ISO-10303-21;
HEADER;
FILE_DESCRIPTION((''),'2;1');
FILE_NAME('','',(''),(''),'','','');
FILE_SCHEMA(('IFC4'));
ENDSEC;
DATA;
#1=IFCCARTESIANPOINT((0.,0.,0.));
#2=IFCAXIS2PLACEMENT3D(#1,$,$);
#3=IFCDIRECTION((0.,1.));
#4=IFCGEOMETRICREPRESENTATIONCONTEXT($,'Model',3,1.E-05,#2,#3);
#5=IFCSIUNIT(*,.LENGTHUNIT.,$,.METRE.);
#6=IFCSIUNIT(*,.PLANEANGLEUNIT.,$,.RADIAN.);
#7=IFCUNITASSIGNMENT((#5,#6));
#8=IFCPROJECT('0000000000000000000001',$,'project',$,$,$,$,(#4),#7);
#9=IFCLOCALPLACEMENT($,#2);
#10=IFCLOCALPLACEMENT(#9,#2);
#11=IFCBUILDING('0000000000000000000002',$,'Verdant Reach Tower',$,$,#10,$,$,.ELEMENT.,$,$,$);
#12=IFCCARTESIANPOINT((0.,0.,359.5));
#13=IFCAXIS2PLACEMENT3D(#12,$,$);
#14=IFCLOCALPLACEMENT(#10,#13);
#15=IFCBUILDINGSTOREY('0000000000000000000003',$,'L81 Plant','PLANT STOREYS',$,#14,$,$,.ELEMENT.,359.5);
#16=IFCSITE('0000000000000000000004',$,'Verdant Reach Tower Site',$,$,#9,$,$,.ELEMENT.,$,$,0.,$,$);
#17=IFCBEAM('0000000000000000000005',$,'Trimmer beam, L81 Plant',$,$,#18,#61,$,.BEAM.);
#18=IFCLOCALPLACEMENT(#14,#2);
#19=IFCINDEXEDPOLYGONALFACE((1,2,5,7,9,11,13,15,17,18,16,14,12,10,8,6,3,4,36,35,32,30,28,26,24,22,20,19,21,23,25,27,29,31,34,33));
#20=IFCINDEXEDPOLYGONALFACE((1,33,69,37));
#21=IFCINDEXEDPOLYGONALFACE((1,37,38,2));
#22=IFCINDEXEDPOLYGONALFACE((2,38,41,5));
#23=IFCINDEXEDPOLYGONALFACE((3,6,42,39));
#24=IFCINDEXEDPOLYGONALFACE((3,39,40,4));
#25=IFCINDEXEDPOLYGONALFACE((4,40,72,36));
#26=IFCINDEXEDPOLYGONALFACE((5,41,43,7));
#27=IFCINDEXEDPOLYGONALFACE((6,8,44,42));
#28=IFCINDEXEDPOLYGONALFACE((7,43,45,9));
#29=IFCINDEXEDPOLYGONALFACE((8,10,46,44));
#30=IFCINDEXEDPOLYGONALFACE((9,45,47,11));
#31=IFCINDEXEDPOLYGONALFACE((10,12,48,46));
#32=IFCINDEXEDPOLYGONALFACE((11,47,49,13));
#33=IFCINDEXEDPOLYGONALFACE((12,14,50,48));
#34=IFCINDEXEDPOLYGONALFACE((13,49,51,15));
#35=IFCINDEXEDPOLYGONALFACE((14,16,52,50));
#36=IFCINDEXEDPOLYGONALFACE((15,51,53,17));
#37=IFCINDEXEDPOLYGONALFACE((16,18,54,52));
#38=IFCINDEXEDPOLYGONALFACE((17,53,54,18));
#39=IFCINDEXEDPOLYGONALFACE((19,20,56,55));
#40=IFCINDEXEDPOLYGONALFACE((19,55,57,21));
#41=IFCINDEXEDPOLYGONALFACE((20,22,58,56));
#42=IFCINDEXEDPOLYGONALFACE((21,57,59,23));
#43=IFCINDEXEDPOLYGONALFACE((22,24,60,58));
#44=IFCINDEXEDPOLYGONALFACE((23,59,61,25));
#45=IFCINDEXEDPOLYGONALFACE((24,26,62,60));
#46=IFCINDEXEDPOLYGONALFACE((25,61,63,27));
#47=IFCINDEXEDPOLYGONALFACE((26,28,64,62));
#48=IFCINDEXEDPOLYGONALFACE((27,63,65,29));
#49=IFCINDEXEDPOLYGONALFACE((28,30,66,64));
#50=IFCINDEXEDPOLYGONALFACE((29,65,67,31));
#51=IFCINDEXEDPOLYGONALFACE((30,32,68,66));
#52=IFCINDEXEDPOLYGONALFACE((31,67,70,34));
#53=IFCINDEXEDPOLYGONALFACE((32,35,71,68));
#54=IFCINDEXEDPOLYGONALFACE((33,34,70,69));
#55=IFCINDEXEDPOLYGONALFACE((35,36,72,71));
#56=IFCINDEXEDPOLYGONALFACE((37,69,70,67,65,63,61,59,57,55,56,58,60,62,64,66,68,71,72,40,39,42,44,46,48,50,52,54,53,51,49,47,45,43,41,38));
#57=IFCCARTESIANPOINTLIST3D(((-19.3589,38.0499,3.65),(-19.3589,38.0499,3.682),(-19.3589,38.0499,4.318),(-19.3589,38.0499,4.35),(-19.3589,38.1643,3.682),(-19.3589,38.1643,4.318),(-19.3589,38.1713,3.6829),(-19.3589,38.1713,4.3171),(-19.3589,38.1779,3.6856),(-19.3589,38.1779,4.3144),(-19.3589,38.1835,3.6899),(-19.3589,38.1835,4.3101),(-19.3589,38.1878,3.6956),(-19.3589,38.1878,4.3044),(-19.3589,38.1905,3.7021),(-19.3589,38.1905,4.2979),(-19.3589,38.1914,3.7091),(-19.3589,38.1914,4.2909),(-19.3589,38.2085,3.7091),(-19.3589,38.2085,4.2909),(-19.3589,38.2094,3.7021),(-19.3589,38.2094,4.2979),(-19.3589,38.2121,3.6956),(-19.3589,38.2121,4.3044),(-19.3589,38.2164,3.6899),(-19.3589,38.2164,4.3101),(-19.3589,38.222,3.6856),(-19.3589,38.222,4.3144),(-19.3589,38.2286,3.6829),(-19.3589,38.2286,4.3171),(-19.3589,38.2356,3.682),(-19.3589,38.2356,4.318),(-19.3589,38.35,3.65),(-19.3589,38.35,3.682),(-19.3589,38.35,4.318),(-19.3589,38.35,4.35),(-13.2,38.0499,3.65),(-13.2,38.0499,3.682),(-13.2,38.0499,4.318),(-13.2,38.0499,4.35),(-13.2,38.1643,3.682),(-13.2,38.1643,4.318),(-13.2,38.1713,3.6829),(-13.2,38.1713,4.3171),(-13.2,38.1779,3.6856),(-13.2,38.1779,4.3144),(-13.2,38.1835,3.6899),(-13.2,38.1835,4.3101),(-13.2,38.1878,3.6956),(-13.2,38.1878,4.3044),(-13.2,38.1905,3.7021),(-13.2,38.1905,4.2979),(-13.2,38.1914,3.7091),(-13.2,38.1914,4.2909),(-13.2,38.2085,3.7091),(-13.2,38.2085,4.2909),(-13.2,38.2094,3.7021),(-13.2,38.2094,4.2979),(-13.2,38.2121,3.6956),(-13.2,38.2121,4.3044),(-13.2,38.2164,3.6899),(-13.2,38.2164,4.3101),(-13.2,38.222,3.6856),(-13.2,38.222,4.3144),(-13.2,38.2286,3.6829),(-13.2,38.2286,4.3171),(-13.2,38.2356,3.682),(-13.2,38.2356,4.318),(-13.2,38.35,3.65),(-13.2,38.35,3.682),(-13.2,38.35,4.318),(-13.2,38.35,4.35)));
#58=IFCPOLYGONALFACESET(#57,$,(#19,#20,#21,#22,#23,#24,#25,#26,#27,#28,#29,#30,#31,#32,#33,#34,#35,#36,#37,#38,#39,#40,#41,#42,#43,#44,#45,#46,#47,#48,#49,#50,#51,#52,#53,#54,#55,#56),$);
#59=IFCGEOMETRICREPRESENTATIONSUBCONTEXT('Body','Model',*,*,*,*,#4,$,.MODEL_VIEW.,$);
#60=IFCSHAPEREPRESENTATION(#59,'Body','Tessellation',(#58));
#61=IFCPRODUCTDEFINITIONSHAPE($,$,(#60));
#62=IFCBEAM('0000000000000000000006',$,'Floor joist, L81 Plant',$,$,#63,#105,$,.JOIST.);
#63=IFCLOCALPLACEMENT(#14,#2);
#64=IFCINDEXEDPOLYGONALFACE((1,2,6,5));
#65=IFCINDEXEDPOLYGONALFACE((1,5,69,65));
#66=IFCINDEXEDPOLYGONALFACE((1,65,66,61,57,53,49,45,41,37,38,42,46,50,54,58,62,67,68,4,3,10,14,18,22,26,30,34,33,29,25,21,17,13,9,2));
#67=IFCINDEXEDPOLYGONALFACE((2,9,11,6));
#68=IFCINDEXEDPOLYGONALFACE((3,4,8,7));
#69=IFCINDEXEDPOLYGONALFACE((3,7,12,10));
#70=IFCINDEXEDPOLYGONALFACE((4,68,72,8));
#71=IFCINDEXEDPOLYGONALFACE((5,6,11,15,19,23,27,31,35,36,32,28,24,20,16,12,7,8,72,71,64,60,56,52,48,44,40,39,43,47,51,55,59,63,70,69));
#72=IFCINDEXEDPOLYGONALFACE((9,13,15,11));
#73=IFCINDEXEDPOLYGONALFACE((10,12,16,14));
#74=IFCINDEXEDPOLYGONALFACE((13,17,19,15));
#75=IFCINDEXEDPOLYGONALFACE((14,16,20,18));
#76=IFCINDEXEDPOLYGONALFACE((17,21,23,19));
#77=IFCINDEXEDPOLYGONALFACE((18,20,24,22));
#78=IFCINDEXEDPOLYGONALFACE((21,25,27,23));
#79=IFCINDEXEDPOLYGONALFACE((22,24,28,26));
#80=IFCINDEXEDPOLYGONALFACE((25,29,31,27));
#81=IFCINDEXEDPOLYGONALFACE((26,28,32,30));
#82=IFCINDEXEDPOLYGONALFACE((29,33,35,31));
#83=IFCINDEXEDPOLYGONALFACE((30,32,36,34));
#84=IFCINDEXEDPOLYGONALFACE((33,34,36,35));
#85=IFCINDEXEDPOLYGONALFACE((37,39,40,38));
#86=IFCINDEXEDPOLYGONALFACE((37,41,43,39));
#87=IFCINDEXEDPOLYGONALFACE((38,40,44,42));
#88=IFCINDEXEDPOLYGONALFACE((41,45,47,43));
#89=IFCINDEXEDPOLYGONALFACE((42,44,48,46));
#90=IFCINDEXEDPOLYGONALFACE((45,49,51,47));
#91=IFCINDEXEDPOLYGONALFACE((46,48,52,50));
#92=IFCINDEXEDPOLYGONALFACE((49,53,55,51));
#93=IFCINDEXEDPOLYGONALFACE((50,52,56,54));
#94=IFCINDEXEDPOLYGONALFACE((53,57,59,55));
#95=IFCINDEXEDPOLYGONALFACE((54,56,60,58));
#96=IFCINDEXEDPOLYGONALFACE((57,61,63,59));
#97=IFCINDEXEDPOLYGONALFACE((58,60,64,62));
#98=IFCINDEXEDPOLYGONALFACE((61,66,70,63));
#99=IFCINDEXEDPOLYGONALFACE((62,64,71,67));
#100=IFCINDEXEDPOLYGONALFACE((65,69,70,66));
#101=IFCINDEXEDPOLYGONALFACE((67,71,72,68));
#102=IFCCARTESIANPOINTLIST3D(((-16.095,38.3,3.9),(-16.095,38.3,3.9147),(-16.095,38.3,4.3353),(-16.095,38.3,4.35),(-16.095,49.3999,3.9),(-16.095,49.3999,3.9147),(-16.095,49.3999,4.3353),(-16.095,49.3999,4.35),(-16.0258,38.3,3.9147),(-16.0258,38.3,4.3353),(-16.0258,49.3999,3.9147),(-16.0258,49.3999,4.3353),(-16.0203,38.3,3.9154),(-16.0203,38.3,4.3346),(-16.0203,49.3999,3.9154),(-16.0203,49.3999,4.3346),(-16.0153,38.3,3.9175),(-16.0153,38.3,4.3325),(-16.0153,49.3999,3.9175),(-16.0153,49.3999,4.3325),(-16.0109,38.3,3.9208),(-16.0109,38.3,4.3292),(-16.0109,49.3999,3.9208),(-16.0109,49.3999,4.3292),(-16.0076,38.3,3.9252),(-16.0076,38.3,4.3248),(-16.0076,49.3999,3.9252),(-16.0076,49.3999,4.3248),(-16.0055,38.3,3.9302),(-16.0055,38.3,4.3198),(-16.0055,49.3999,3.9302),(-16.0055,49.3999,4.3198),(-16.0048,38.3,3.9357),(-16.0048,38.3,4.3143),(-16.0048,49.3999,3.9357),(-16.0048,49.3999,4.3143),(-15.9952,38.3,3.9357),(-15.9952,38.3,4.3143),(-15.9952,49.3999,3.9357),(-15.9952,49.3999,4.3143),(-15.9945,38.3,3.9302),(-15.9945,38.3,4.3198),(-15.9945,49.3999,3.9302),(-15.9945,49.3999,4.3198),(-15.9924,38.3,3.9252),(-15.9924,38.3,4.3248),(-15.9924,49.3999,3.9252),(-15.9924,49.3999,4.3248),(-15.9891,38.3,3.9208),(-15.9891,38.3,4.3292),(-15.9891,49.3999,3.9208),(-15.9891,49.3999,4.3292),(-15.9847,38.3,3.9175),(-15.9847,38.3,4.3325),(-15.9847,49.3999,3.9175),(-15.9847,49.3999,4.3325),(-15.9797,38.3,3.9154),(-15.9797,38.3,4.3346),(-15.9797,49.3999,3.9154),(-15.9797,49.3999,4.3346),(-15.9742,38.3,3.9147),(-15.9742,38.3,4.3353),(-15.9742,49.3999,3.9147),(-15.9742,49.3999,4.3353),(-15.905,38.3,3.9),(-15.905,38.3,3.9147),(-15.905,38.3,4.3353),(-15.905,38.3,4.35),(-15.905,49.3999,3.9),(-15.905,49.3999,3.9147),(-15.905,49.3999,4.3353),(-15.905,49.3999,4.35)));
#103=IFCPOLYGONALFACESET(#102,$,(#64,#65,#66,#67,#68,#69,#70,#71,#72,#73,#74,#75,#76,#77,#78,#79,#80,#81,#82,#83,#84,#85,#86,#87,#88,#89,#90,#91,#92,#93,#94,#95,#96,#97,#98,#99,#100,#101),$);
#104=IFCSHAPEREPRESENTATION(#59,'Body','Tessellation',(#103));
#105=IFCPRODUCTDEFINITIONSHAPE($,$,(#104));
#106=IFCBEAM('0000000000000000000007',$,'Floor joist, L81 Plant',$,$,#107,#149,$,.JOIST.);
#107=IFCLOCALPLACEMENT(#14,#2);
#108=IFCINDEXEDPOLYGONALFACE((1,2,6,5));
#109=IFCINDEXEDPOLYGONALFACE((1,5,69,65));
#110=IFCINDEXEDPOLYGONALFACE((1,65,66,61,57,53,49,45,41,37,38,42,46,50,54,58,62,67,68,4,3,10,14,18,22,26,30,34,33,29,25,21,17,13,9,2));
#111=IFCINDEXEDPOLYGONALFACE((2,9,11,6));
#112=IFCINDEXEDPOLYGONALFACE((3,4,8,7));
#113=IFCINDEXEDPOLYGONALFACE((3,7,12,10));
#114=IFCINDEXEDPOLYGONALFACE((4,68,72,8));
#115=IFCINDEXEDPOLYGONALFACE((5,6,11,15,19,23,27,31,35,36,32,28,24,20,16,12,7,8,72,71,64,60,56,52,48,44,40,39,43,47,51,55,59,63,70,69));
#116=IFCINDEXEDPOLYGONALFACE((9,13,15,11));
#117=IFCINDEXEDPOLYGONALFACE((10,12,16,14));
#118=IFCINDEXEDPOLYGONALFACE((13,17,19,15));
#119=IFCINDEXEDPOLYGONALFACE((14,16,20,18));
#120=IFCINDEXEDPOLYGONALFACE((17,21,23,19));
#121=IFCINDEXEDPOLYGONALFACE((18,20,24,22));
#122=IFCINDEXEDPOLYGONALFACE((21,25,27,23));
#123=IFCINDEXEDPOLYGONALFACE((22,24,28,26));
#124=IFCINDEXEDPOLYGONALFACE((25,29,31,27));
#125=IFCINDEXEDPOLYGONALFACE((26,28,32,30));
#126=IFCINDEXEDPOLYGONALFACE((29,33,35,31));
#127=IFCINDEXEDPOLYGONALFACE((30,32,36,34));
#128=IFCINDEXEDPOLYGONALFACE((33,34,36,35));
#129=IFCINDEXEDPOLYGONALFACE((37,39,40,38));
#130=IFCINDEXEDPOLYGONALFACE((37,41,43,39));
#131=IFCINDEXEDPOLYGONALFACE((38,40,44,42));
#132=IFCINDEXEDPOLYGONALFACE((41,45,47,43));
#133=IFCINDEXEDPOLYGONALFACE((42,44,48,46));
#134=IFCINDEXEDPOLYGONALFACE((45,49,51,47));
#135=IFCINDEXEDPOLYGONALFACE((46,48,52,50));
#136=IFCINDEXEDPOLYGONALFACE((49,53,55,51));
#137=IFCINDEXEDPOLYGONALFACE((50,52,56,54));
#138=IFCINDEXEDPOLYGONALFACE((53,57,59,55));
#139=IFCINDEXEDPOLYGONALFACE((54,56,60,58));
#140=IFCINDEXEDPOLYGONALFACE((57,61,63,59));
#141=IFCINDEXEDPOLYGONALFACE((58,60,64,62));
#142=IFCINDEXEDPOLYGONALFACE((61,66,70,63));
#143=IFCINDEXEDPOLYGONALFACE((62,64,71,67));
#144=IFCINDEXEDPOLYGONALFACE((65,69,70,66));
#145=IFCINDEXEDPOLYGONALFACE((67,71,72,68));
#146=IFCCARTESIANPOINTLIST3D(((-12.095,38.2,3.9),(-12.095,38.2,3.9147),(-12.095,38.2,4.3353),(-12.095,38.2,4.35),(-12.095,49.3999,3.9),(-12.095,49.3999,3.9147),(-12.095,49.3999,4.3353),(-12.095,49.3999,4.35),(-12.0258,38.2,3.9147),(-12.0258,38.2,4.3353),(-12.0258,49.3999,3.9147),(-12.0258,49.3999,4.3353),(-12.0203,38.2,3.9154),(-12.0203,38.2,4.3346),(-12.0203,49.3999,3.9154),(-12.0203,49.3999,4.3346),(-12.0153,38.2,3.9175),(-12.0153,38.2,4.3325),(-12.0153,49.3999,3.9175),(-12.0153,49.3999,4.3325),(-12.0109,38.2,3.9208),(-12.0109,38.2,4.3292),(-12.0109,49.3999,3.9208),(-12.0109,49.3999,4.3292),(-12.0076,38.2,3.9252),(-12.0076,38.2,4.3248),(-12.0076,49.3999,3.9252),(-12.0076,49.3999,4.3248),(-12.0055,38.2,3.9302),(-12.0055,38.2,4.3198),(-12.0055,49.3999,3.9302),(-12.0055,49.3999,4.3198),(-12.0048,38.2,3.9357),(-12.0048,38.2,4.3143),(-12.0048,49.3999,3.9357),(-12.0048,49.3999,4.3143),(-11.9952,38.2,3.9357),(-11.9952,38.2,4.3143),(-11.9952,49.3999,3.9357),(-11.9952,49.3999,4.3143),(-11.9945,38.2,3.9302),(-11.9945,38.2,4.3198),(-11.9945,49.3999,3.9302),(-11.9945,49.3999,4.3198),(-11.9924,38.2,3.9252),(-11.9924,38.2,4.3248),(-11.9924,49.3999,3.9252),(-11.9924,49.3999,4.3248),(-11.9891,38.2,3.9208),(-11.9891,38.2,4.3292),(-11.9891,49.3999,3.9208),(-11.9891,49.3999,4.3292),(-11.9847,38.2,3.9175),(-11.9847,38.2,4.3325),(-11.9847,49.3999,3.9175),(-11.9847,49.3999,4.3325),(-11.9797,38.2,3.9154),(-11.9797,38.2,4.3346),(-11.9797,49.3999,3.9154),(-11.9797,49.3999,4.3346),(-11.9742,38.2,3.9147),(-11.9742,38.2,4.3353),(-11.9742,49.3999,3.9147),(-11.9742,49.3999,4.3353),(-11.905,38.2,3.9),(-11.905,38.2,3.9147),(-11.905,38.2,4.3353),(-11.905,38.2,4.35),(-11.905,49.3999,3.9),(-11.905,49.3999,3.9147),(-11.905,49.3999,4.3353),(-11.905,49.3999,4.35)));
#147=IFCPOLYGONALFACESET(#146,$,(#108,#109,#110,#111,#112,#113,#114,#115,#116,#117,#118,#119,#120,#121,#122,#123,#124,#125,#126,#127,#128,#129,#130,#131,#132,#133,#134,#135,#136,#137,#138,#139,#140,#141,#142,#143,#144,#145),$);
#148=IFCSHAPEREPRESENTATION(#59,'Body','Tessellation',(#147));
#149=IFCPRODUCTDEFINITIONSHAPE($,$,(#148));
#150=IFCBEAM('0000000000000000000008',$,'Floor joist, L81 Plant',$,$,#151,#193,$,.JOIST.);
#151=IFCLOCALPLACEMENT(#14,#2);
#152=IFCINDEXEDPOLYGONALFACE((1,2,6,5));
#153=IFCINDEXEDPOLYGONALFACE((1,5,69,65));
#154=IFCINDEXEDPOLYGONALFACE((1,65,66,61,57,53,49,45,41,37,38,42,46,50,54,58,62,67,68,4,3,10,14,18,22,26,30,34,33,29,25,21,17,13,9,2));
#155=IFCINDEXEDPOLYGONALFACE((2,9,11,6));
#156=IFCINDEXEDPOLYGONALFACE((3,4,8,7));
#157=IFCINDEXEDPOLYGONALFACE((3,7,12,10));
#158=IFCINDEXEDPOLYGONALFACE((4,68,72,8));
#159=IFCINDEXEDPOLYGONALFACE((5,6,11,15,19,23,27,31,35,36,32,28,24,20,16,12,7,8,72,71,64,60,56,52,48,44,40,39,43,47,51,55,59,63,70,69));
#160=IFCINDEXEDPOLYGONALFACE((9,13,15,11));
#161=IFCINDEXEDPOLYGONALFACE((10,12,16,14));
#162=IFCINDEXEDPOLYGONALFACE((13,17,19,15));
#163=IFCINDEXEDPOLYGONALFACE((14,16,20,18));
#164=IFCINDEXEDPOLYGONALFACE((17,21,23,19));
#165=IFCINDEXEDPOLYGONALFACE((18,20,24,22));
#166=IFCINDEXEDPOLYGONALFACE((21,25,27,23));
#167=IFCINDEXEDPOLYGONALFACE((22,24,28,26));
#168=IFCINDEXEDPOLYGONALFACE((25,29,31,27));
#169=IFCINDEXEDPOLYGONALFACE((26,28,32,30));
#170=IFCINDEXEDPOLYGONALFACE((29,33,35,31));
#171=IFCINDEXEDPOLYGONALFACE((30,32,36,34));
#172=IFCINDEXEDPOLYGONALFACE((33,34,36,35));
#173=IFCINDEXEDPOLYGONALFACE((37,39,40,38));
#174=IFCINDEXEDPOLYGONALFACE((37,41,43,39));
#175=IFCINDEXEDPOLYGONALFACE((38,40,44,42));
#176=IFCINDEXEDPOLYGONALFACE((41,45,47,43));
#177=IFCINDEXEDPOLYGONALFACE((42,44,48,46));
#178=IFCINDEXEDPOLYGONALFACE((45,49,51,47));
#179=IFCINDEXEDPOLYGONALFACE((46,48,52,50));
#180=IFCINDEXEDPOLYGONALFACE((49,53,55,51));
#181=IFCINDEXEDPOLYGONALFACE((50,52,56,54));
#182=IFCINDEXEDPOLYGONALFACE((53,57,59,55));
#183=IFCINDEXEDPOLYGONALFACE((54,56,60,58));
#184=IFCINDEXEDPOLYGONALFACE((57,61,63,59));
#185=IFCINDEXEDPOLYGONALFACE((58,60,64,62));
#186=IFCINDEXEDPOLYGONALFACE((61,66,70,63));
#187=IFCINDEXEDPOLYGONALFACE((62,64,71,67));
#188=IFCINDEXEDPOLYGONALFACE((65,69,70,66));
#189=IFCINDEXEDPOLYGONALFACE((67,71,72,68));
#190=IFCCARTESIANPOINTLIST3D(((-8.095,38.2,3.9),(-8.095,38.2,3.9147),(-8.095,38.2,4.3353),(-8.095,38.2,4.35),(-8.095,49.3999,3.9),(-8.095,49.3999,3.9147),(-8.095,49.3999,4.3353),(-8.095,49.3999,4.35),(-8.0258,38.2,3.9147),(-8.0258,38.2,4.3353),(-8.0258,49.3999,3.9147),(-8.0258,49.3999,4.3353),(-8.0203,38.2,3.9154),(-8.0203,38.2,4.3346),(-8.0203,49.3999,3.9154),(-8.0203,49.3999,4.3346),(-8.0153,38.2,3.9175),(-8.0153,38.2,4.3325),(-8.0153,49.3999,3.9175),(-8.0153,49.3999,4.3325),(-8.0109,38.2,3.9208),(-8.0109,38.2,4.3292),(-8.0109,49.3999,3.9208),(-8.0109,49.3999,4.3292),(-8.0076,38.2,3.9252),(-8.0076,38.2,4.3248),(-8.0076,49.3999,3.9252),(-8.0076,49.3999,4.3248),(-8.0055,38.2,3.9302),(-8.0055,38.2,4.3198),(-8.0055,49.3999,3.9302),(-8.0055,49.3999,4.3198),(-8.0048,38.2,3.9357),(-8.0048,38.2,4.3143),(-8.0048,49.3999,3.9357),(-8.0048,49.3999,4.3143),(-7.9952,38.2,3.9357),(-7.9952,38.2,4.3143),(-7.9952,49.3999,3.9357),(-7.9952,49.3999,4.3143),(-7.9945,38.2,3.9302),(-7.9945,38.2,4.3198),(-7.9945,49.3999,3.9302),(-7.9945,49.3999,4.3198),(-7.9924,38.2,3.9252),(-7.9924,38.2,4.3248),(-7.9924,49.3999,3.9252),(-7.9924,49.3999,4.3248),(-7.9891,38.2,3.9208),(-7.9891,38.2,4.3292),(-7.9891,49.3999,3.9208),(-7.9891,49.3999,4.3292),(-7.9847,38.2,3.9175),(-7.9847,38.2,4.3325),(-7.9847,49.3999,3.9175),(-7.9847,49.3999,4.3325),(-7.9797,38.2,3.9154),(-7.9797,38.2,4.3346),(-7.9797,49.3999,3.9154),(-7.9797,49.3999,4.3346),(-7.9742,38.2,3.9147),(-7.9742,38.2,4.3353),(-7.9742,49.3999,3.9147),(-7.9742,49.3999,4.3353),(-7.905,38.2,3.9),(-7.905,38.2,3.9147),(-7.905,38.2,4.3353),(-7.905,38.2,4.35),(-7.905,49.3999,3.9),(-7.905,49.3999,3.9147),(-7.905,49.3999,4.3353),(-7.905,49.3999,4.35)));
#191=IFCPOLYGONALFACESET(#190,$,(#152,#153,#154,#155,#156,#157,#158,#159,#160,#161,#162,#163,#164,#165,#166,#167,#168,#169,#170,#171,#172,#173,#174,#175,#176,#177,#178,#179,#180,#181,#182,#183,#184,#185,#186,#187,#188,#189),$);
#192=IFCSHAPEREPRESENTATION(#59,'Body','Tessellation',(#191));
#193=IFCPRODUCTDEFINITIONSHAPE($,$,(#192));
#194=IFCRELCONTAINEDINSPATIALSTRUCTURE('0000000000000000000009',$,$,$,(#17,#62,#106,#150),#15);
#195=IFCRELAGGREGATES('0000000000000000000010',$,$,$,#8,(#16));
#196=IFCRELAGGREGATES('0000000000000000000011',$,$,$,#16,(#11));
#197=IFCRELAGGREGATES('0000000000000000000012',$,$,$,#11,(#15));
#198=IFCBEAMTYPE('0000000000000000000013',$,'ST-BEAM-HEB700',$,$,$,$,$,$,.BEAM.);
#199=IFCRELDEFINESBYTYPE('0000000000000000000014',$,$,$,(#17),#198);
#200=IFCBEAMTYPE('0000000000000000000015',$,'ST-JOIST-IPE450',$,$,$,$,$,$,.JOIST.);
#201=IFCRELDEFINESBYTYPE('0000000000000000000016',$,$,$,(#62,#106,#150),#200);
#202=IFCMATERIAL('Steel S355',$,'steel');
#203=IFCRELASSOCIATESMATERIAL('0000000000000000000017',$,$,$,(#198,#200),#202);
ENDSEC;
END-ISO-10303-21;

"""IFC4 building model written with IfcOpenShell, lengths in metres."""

from ifc_helpers import new_model, si_unit, direction, frame, origin, origin_2d, place, context, subcontext, project, spatial, i_section, extrude, material, material_profile, profile_set, type_object, element, save


model = new_model("IFC4")

# Units and contexts
model_context = context("Model", 3, precision=1e-05, world=origin(), true_north=direction((0.0, 1.0)))
body_context = subcontext(model_context, "Body", "Model", "MODEL_VIEW")
ifc_project = project(units=[si_unit("LENGTHUNIT", "METRE"), si_unit("PLANEANGLEUNIT", "RADIAN")], contexts=[model_context])

# Site, building, storey
site_placement = place(None, origin())
site = spatial("IfcSite", under=ifc_project, at=site_placement, Name="Verdant Reach Tower Site", CompositionType="ELEMENT", RefElevation=0.0)
building_placement = place(site_placement, origin())
building = spatial("IfcBuilding", under=site, at=building_placement, Name="Verdant Reach Tower", CompositionType="ELEMENT")
storey_placement = place(building_placement, frame((0.0, 0.0, 359.5)))
storey = spatial("IfcBuildingStorey", under=building, at=storey_placement, Name="L81 Plant", Description="PLANT STOREYS", CompositionType="ELEMENT", Elevation=359.5)

# Beams
ifc_material_1 = material(Name="Steel S355", Category="steel")
ifc_material_profile_1 = material_profile(ifc_material_1, i_section(OverallWidth=0.3, OverallDepth=0.7, WebThickness=0.0171, FlangeThickness=0.032, FilletRadius=0.0271, at=origin_2d()), Name="HEB 700")
ifc_profile_set_1 = profile_set([ifc_material_profile_1], Name="Steel S355")
beam_type_1 = type_object("IfcBeamType", Name="ST-BEAM-HEB700", PredefinedType="BEAM", material=ifc_profile_set_1)
beam_1_placement = place(storey_placement, frame((-13.2, 38.2, 4.0), z_axis=(-1.0, 0.0, 0.0), x_axis=(0.0, -1.0, 0.0)))
element("IfcBeam", 1, at=beam_1_placement, inside=storey, type_object=beam_type_1, Name="Trimmer beam, L81 Plant", PredefinedType="BEAM", context=body_context, shape_type="SweptSolid", body=[
    extrude(i_section(OverallWidth=0.3, OverallDepth=0.7, WebThickness=0.0171, FlangeThickness=0.032, FilletRadius=0.0271, at=origin_2d()), origin(), (0.0, 0.0, 1.0), 6.1589),
])
ifc_material_profile_2 = material_profile(ifc_material_1, i_section(OverallWidth=0.1899, OverallDepth=0.45, WebThickness=0.0095, FlangeThickness=0.0146, FilletRadius=0.021, at=origin_2d()), Name="IPE 450")
ifc_profile_set_2 = profile_set([ifc_material_profile_2], Name="Steel S355")
beam_type_2 = type_object("IfcBeamType", Name="ST-JOIST-IPE450", PredefinedType="JOIST", material=ifc_profile_set_2)
beam_2_placement = place(storey_placement, frame((-16.0, 38.3, 4.125), z_axis=(0.0, 1.0, 0.0), x_axis=(-1.0, 0.0, 0.0)))
element("IfcBeam", 2, at=beam_2_placement, inside=storey, type_object=beam_type_2, Name="Floor joist, L81 Plant", PredefinedType="JOIST", context=body_context, shape_type="SweptSolid", body=[
    extrude(i_section(OverallWidth=0.1899, OverallDepth=0.45, WebThickness=0.0095, FlangeThickness=0.0146, FilletRadius=0.021, at=origin_2d()), origin(), (0.0, 0.0, 1.0), 11.0999),
])
for number, where, z_axis, x_axis, name in (
    (3, (-12.0, 38.2, 4.125), (0.0, 1.0, 0.0), (-1.0, 0.0, 0.0), "Floor joist, L81 Plant"),
    (4, (-8.0, 38.2, 4.125), (0.0, 1.0, 0.0), (-1.0, 0.0, 0.0), "Floor joist, L81 Plant"),
):
    element("IfcBeam", number, at=place(storey_placement, frame(where, z_axis=z_axis, x_axis=x_axis)), inside=storey, type_object=beam_type_2, Name=name, PredefinedType="JOIST", context=body_context, shape_type="SweptSolid", body=[
        extrude(i_section(OverallWidth=0.1899, OverallDepth=0.45, WebThickness=0.0095, FlangeThickness=0.0146, FilletRadius=0.021, at=origin_2d()), origin(), (0.0, 0.0, 1.0), 11.2),
    ])

save(model, "model.ifc")
